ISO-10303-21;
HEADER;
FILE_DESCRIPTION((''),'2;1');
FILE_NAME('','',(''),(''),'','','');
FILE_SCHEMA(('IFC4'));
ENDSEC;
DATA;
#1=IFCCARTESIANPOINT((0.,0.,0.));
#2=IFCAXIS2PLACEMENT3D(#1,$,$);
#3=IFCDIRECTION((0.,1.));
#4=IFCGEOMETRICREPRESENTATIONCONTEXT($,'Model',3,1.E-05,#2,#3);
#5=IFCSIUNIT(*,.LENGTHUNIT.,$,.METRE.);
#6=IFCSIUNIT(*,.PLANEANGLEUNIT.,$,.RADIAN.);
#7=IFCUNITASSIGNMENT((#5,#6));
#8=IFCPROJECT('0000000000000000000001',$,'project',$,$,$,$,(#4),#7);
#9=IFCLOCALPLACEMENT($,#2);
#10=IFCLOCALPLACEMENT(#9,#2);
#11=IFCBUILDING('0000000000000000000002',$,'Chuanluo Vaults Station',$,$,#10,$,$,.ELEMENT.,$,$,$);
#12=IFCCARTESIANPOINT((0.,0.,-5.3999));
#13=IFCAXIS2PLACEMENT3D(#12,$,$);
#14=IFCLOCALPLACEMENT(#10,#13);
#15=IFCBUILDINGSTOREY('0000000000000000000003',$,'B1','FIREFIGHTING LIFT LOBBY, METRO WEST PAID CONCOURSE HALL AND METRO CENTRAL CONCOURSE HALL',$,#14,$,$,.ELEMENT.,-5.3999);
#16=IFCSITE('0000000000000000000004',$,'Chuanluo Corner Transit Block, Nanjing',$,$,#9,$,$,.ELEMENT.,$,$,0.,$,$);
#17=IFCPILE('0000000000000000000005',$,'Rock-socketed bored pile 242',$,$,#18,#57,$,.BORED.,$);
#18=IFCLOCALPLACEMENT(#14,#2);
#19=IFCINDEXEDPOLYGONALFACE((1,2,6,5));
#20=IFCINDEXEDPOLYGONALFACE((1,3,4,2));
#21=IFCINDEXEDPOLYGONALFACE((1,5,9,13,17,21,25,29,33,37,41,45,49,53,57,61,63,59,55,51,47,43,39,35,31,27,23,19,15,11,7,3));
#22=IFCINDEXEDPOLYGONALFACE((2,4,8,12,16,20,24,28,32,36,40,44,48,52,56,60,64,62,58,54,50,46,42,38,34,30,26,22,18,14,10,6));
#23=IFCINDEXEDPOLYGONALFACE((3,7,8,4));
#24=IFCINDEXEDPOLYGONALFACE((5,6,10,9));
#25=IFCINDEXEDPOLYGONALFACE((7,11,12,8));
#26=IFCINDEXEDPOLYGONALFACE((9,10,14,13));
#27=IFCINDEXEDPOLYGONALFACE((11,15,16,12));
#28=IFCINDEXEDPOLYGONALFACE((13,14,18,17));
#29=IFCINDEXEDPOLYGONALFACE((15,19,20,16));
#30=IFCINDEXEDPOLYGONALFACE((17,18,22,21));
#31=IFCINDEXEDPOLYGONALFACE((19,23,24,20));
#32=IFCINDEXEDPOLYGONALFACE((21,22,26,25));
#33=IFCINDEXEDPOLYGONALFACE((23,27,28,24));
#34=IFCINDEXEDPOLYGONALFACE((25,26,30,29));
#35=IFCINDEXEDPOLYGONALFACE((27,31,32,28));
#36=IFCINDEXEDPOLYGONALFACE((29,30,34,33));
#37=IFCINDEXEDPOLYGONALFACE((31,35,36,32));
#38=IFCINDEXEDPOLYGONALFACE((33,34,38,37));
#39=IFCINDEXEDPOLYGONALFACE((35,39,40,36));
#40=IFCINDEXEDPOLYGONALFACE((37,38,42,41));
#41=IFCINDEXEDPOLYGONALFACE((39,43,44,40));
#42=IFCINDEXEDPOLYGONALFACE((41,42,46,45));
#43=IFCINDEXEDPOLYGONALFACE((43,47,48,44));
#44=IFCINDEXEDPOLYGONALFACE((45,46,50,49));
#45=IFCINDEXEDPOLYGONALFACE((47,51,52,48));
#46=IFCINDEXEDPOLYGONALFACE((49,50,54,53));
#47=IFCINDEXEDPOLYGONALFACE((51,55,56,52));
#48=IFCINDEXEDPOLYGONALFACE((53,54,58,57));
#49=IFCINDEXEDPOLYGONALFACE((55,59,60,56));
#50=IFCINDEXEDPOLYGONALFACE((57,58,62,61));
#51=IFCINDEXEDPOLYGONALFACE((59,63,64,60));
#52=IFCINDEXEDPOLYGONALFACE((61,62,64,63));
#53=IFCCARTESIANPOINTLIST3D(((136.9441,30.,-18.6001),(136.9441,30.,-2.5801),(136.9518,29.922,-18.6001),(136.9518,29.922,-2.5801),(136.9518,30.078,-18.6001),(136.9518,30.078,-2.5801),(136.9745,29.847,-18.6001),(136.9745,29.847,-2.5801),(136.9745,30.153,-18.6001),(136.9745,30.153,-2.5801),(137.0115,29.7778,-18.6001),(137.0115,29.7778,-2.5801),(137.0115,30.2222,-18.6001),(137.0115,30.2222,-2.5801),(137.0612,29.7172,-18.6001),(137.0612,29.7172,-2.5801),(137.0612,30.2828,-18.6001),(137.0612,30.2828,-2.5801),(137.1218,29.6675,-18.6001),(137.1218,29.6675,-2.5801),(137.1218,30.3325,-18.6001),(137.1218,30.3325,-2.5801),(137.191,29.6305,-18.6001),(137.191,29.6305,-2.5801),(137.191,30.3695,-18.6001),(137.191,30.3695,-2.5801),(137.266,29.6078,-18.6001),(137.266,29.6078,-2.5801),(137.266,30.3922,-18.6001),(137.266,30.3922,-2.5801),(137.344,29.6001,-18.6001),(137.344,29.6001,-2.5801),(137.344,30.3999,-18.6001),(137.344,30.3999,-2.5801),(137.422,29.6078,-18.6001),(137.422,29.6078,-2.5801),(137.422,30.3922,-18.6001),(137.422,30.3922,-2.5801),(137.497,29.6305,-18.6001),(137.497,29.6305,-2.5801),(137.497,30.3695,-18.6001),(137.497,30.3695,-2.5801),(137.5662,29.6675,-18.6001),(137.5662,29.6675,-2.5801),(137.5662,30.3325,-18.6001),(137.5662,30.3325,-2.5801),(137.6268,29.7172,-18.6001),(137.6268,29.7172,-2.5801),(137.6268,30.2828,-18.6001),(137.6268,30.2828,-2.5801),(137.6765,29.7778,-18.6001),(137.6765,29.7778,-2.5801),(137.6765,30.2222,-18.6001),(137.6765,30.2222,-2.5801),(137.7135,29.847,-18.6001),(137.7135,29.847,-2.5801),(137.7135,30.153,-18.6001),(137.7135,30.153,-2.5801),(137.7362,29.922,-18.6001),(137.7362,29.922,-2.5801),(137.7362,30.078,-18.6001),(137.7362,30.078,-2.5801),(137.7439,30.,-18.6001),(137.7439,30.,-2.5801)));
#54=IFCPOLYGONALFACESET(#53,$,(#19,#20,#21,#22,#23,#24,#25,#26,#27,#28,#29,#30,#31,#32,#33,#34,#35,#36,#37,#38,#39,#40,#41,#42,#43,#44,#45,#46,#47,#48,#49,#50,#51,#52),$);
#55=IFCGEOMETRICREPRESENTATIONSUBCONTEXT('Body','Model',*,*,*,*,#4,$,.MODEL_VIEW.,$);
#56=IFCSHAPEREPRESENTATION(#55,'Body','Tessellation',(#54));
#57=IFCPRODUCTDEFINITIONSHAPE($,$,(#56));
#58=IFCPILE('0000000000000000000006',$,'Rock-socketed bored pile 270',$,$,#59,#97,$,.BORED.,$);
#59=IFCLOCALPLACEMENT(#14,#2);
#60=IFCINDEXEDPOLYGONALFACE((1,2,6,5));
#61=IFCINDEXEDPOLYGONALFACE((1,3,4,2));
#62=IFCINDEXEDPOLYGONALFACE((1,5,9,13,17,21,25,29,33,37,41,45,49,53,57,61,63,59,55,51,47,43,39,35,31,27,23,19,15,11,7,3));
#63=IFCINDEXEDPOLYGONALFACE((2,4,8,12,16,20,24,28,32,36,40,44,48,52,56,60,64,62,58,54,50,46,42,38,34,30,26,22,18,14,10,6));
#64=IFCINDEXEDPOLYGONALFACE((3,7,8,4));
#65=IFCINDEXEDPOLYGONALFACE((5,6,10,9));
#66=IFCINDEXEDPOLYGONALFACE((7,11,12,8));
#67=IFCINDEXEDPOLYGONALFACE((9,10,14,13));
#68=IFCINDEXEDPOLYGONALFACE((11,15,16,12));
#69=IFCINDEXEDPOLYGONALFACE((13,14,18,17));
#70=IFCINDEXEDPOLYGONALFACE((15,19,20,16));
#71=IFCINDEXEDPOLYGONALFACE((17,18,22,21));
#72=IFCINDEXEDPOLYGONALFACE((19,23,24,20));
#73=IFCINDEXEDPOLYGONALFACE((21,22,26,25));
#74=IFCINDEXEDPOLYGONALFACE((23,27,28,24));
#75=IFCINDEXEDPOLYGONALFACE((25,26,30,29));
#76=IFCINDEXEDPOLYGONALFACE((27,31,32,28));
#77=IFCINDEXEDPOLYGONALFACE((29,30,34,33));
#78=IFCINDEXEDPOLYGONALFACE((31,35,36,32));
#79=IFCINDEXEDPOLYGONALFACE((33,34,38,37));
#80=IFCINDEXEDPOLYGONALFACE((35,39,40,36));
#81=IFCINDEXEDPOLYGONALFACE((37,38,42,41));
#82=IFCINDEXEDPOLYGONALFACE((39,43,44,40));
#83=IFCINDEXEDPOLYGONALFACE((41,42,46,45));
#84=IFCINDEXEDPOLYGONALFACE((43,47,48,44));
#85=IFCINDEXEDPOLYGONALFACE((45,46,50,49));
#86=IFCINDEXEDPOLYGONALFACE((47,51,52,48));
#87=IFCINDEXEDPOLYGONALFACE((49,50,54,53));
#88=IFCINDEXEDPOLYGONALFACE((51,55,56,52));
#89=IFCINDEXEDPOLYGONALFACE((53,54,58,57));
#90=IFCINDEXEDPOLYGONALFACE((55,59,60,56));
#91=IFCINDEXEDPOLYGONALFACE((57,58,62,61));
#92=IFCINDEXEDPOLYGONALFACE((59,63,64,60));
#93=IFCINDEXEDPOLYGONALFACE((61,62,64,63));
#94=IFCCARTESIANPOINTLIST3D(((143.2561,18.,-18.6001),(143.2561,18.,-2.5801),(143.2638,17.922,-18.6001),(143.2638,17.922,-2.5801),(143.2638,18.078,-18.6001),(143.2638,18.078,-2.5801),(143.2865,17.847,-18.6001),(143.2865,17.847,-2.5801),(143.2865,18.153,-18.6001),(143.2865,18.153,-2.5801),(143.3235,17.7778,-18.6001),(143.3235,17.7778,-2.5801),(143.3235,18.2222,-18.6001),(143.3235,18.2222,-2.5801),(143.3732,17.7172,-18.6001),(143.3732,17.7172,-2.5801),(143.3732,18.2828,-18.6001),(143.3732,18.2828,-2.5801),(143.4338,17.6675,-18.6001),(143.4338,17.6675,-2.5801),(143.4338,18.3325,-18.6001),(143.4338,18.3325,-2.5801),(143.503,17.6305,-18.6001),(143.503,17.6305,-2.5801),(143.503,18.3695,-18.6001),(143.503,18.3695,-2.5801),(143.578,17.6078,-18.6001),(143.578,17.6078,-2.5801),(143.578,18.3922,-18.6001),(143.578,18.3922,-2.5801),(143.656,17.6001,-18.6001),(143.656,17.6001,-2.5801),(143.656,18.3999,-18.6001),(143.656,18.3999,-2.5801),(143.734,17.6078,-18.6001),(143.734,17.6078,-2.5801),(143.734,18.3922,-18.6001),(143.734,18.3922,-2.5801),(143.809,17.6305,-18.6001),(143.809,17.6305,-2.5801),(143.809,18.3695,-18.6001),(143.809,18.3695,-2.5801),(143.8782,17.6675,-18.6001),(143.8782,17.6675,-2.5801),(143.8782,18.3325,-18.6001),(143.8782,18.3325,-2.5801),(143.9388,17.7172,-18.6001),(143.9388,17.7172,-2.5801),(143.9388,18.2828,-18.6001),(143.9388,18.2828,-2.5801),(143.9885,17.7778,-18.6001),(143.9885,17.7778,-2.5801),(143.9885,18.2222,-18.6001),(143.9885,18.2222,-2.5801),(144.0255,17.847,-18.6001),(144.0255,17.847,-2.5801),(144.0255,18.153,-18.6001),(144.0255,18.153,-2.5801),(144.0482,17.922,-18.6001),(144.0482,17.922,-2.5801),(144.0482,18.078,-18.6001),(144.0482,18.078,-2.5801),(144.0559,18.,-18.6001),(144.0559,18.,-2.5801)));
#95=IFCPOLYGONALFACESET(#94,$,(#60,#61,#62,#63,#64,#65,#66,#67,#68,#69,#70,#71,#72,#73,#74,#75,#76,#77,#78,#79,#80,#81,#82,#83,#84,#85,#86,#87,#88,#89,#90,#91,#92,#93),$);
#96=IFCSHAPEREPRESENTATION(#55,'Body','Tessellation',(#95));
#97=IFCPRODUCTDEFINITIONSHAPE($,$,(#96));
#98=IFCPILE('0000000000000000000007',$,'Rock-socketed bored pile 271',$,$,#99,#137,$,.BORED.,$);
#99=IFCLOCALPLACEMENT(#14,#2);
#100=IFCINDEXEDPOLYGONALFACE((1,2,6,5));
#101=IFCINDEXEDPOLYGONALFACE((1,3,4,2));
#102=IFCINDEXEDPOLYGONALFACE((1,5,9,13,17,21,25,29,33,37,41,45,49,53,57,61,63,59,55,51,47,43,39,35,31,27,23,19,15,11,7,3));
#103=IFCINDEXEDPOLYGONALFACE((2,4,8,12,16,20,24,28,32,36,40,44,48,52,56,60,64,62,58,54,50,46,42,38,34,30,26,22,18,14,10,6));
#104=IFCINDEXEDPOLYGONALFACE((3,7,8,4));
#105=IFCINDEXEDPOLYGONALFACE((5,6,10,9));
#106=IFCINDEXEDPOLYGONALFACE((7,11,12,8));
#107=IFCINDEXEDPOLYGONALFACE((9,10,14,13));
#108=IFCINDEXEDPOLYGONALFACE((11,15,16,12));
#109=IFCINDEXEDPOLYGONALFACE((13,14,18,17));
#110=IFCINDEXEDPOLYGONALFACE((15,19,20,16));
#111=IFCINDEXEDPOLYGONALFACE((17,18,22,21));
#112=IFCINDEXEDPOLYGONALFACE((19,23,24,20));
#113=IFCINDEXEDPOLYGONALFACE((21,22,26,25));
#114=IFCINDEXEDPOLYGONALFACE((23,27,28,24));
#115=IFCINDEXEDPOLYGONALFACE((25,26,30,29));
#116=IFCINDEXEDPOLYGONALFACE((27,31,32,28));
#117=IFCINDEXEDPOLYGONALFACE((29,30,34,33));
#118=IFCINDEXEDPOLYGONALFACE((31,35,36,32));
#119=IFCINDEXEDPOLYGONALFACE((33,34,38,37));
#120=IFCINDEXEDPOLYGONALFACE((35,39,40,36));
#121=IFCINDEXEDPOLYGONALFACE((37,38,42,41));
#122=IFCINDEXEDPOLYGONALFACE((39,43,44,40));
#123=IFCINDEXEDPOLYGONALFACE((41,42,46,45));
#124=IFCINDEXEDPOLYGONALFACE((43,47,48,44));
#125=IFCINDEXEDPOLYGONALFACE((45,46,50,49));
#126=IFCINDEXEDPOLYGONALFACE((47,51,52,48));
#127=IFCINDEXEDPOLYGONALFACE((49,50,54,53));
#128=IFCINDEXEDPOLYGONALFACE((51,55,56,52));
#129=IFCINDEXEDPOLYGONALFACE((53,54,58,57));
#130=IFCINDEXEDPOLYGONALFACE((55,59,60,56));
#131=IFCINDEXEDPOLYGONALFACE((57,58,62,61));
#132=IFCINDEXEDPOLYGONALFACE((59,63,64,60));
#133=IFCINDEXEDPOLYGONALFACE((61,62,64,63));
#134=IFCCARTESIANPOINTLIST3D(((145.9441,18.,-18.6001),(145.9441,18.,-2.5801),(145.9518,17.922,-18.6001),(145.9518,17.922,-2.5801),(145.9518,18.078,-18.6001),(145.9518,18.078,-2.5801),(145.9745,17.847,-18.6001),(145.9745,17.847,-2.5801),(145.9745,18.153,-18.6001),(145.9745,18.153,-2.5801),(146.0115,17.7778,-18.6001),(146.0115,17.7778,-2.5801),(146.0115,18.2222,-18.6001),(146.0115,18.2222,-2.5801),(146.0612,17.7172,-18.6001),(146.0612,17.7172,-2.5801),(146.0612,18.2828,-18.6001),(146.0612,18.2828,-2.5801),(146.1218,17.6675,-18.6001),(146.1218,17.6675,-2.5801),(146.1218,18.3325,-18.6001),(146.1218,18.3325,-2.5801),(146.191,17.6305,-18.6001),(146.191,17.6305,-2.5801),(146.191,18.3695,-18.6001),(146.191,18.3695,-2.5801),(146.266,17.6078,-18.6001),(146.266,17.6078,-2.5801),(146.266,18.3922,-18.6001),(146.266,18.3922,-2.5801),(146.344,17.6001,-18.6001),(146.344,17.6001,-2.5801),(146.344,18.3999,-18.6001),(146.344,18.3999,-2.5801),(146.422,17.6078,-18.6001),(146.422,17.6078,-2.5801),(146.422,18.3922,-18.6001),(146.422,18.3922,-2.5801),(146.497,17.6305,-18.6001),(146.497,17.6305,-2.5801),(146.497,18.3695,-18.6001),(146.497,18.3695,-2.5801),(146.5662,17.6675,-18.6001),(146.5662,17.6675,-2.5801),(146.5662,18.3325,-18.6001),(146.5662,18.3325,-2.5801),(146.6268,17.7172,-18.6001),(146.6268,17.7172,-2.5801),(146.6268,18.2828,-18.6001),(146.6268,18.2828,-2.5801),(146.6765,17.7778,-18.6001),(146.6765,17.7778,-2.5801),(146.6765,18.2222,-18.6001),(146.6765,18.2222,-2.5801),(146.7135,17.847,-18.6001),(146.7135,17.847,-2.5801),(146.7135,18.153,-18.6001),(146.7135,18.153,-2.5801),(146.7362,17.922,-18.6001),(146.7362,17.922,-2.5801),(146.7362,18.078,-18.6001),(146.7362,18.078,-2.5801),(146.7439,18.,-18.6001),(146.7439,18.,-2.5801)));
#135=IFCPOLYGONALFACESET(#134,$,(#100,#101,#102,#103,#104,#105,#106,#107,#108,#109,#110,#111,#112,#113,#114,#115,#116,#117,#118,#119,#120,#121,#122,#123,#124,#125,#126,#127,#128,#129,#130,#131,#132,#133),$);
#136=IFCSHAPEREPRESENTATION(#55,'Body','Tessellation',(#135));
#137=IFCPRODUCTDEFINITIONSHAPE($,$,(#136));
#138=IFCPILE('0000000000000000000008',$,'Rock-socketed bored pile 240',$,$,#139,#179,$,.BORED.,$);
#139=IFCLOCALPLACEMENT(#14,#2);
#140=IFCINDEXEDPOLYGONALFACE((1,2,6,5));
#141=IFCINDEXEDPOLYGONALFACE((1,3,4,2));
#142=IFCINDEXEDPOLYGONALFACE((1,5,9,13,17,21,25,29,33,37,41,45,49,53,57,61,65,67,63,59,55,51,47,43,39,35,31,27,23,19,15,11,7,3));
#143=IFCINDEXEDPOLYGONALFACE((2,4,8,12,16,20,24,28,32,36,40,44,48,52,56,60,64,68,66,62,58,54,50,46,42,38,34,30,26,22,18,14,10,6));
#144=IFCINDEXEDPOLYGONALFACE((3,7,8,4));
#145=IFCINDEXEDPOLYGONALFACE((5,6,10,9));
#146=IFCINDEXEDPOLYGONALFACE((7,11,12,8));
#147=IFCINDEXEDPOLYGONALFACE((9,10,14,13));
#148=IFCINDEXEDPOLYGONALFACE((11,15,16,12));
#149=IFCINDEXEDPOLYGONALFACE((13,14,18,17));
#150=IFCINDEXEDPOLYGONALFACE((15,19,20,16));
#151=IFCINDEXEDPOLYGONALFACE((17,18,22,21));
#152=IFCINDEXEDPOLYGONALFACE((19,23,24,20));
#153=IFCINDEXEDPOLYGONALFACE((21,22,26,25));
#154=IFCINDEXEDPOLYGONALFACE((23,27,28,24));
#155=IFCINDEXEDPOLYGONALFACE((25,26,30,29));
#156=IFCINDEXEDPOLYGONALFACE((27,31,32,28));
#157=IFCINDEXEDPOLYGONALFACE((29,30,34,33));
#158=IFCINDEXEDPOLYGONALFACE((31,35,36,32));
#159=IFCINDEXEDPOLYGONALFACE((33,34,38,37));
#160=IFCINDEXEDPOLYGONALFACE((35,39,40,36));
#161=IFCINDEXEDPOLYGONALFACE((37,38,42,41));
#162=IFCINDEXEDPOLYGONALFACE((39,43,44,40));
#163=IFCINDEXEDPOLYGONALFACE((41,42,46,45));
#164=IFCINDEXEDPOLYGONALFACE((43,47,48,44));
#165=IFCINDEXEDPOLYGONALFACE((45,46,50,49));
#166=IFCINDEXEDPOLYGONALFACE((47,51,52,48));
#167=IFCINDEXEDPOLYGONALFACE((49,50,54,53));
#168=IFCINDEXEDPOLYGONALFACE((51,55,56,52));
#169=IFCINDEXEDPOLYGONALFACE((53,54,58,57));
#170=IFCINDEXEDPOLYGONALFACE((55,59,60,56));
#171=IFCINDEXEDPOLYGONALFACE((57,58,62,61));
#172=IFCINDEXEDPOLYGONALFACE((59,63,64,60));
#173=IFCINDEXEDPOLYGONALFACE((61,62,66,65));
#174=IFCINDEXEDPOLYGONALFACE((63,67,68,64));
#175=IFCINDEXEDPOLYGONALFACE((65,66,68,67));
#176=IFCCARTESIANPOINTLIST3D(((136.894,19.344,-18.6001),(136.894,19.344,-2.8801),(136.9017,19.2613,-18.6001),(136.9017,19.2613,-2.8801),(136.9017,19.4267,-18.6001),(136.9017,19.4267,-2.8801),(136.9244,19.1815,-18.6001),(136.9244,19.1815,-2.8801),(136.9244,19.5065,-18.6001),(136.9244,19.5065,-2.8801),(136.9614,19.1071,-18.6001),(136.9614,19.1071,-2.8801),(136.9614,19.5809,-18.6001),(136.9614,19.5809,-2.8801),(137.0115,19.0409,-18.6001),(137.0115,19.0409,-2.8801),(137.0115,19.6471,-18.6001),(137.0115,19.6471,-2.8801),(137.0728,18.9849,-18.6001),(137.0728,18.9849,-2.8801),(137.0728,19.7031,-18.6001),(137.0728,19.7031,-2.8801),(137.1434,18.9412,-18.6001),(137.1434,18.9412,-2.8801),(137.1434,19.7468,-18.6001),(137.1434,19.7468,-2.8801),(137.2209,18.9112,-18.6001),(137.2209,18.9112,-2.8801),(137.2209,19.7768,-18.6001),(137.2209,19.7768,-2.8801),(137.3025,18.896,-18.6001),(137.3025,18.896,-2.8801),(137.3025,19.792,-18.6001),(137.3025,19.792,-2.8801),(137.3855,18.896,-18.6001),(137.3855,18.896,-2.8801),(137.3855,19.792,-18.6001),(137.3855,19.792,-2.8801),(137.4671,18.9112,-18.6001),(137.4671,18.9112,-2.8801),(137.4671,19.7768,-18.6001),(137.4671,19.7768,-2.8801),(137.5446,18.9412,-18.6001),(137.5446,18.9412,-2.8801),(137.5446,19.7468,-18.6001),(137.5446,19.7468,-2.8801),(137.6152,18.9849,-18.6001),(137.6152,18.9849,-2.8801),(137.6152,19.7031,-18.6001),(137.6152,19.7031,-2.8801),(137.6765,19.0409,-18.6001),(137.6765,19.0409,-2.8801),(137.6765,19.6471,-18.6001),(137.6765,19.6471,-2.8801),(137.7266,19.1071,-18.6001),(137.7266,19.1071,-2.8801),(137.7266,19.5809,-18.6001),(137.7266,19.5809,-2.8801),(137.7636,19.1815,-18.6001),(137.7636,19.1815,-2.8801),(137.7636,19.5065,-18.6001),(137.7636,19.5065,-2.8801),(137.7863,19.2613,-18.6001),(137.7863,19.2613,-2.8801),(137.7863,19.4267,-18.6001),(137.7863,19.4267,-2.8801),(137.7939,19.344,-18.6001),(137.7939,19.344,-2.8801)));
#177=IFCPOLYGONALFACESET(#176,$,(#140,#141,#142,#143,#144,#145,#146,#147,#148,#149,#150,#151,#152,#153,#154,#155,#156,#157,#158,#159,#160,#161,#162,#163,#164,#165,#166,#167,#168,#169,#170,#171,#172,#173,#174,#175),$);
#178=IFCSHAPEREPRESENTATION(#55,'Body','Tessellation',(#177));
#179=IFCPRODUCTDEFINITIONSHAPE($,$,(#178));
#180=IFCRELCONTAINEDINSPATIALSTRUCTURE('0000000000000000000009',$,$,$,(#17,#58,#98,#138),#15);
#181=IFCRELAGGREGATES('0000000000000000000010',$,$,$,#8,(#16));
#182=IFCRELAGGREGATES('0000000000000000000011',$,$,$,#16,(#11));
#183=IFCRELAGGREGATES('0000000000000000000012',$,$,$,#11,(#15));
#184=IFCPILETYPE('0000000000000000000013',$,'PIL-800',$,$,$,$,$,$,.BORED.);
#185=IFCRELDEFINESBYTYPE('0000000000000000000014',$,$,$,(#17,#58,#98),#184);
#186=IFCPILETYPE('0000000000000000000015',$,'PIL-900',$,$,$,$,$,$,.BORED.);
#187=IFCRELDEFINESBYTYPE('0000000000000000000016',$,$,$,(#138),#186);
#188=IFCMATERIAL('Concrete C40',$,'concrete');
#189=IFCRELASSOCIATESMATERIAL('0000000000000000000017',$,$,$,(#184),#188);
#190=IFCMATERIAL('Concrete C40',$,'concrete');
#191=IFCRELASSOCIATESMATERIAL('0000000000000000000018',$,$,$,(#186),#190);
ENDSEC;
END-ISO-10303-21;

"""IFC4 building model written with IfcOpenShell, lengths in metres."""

from ifc_helpers import new_model, si_unit, direction, frame, origin, origin_2d, place, context, subcontext, project, spatial, circle, extrude, material, material_profile, profile_set, type_object, element, save


model = new_model("IFC4")

# Units and contexts
model_context = context("Model", 3, precision=1e-05, world=origin(), true_north=direction((0.0, 1.0)))
body_context = subcontext(model_context, "Body", "Model", "MODEL_VIEW")
ifc_project = project(units=[si_unit("LENGTHUNIT", "METRE"), si_unit("PLANEANGLEUNIT", "RADIAN")], contexts=[model_context])

# Site, building, storey
site_placement = place(None, origin())
site = spatial("IfcSite", under=ifc_project, at=site_placement, Name="Chuanluo Corner Transit Block, Nanjing", CompositionType="ELEMENT", RefElevation=0.0)
building_placement = place(site_placement, origin())
building = spatial("IfcBuilding", under=site, at=building_placement, Name="Chuanluo Vaults Station", CompositionType="ELEMENT")
storey_placement = place(building_placement, frame((0.0, 0.0, -5.3999)))
storey = spatial("IfcBuildingStorey", under=building, at=storey_placement, Name="B1", Description="FIREFIGHTING LIFT LOBBY, METRO WEST PAID CONCOURSE HALL AND METRO CENTRAL CONCOURSE HALL", CompositionType="ELEMENT", Elevation=-5.3999)

# Piles
ifc_material_1 = material(Name="Concrete C40", Category="concrete")
ifc_material_profile_1 = material_profile(ifc_material_1, circle(Radius=0.3999, at=origin_2d()))
ifc_profile_set_1 = profile_set([ifc_material_profile_1], Name="Concrete C40")
pile_type_1 = type_object("IfcPileType", Name="PIL-800", PredefinedType="BORED", material=ifc_profile_set_1)
for number, where, z_axis, x_axis, name in (
    (1, (137.344, 30.0, -2.5801), (0.0, 0.0, -1.0), (1.0, 0.0, 0.0), "Rock-socketed bored pile 242"),
    (2, (143.656, 18.0, -2.5801), (0.0, 0.0, -1.0), (1.0, 0.0, 0.0), "Rock-socketed bored pile 270"),
    (3, (146.344, 18.0, -2.5801), (0.0, 0.0, -1.0), (1.0, 0.0, 0.0), "Rock-socketed bored pile 271"),
):
    element("IfcPile", number, at=place(storey_placement, frame(where, z_axis=z_axis, x_axis=x_axis)), inside=storey, type_object=pile_type_1, Name=name, PredefinedType="BORED", context=body_context, shape_type="SweptSolid", body=[
        extrude(circle(Radius=0.3999, at=origin_2d()), origin(), (0.0, 0.0, 1.0), 16.02),
    ])
ifc_material_2 = material(Name="Concrete C40", Category="concrete")
ifc_material_profile_2 = material_profile(ifc_material_2, circle(Radius=0.45, at=origin_2d()))
ifc_profile_set_2 = profile_set([ifc_material_profile_2], Name="Concrete C40")
pile_type_2 = type_object("IfcPileType", Name="PIL-900", PredefinedType="BORED", material=ifc_profile_set_2)
for number, where, z_axis, x_axis, name in (
    (4, (137.344, 19.344, -2.8801), (0.0, 0.0, -1.0), (1.0, 0.0, 0.0), "Rock-socketed bored pile 240"),
):
    element("IfcPile", number, at=place(storey_placement, frame(where, z_axis=z_axis, x_axis=x_axis)), inside=storey, type_object=pile_type_2, Name=name, PredefinedType="BORED", context=body_context, shape_type="SweptSolid", body=[
        extrude(circle(Radius=0.45, at=origin_2d()), origin(), (0.0, 0.0, 1.0), 15.72),
    ])

save(model, "model.ifc")
